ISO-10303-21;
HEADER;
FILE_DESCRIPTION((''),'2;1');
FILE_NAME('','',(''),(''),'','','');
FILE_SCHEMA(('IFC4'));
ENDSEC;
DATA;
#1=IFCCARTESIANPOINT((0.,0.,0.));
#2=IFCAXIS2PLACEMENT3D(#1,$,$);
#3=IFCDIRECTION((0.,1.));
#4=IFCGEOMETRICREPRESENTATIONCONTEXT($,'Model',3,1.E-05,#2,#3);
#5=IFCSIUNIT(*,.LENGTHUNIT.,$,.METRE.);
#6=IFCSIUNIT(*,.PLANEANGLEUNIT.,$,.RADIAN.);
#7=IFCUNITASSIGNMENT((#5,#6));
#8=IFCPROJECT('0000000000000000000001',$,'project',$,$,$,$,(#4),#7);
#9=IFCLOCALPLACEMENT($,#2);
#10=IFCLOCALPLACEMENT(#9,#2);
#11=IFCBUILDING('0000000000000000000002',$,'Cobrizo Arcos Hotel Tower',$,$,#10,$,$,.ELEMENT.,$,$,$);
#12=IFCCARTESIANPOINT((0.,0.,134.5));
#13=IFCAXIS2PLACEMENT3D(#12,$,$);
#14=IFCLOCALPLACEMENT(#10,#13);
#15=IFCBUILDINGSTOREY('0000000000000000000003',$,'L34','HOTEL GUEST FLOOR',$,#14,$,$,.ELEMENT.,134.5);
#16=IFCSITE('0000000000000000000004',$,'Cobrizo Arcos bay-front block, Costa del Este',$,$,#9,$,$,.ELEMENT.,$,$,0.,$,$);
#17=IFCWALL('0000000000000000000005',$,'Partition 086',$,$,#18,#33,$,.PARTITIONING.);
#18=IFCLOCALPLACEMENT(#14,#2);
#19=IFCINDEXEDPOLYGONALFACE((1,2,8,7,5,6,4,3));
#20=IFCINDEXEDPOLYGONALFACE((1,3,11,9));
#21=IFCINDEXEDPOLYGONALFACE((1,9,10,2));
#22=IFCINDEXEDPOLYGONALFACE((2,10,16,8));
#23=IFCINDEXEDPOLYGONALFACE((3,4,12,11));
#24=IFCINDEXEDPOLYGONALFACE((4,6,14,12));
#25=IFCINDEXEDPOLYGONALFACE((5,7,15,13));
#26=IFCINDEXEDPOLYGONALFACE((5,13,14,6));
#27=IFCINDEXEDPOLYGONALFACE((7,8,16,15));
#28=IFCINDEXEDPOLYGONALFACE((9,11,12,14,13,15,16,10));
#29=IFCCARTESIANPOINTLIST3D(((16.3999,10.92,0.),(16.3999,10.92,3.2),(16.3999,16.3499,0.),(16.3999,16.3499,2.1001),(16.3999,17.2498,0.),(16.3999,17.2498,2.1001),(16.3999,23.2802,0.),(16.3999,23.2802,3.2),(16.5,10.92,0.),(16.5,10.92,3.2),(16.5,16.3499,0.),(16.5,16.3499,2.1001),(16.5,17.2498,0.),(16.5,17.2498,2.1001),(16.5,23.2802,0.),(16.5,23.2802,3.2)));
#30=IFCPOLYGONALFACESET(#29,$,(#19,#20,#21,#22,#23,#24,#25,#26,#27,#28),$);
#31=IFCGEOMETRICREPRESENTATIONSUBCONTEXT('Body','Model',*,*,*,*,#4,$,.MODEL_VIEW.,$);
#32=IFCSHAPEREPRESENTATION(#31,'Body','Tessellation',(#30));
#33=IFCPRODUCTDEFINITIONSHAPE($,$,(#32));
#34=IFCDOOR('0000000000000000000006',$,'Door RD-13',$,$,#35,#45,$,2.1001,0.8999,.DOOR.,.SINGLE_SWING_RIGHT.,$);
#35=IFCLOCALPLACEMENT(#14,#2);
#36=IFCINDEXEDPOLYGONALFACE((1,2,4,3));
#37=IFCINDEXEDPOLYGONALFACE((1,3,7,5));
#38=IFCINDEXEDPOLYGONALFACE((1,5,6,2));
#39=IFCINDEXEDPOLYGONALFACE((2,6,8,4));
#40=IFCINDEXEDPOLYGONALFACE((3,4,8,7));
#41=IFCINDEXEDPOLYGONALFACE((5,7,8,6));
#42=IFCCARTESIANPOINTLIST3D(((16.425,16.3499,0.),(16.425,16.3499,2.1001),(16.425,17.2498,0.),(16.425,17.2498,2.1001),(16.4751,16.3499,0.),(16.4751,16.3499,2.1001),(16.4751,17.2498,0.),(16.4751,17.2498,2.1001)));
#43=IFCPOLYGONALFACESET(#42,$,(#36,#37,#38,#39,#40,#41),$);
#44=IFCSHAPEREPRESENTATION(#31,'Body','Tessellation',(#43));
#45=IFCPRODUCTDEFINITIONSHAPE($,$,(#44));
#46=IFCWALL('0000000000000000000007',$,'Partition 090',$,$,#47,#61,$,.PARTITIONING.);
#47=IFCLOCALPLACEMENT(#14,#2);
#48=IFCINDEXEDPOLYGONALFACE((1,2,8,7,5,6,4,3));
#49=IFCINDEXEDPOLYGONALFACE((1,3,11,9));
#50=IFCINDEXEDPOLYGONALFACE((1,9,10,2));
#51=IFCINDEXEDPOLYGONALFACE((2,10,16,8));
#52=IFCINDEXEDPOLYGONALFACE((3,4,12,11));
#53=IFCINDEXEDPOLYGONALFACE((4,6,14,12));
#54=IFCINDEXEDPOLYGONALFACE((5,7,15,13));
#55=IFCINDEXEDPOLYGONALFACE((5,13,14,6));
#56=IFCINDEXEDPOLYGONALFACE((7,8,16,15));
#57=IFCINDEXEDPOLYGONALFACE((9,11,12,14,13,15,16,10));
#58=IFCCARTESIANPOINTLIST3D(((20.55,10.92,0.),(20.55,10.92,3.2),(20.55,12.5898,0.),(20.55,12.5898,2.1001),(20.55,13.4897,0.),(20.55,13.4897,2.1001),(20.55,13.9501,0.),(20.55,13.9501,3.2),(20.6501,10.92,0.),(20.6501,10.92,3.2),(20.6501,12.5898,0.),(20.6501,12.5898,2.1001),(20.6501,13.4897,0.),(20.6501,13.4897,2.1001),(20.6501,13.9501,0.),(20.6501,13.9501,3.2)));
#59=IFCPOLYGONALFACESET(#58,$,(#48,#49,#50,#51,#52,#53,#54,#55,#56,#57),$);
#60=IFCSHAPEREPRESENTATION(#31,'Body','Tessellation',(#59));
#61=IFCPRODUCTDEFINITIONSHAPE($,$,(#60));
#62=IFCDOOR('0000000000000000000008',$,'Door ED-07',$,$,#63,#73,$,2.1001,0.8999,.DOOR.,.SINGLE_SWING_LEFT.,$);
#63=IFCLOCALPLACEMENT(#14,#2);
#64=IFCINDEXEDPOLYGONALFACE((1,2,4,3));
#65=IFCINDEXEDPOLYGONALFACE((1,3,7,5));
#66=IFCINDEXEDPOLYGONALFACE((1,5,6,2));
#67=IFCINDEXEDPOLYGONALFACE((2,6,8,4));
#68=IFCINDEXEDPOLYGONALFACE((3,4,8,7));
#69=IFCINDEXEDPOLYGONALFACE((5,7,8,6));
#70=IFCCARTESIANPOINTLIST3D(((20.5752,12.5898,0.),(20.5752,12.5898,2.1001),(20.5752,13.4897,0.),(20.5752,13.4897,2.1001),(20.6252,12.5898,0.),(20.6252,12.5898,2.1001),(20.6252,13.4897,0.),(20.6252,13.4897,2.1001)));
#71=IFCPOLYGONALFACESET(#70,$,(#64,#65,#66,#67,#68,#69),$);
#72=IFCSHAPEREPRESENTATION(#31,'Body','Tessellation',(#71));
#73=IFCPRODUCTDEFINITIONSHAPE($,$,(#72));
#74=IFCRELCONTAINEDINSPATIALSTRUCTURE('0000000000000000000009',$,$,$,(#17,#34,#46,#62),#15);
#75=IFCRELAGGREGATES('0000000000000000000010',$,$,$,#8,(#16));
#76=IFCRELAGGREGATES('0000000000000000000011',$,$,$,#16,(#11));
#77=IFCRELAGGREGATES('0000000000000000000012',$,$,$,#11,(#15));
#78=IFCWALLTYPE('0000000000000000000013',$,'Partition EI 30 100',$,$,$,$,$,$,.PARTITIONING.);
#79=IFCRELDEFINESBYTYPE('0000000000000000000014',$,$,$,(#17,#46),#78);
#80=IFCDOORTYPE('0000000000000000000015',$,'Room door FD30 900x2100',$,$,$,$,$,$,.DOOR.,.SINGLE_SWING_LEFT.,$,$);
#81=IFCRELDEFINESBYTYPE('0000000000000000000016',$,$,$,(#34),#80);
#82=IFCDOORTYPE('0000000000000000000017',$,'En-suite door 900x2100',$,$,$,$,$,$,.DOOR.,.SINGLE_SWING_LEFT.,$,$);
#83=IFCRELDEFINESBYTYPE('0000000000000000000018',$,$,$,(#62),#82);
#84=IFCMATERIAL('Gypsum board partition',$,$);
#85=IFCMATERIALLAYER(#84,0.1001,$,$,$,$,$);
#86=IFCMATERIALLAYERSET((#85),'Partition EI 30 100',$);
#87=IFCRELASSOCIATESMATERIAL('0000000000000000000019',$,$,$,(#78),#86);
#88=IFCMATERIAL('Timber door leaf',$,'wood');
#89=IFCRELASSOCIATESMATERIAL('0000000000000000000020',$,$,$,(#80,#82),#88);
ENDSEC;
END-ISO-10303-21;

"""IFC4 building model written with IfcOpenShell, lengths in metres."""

from ifc_helpers import new_model, si_unit, direction, frame, frame_2d, origin, place, context, subcontext, project, spatial, rectangle, extrude, material, layer, layer_set, type_object, element, fill, save


model = new_model("IFC4")

# Units and contexts
model_context = context("Model", 3, precision=1e-05, world=origin(), true_north=direction((0.0, 1.0)))
body_context = subcontext(model_context, "Body", "Model", "MODEL_VIEW")
ifc_project = project(units=[si_unit("LENGTHUNIT", "METRE"), si_unit("PLANEANGLEUNIT", "RADIAN")], contexts=[model_context])

# Site, building, storey
site_placement = place(None, origin())
site = spatial("IfcSite", under=ifc_project, at=site_placement, Name="Cobrizo Arcos bay-front block, Costa del Este", CompositionType="ELEMENT", RefElevation=0.0)
building_placement = place(site_placement, origin())
building = spatial("IfcBuilding", under=site, at=building_placement, Name="Cobrizo Arcos Hotel Tower", CompositionType="ELEMENT")
storey_placement = place(building_placement, frame((0.0, 0.0, 134.5)))
storey = spatial("IfcBuildingStorey", under=building, at=storey_placement, Name="L34", Description="HOTEL GUEST FLOOR", CompositionType="ELEMENT", Elevation=134.5)

# Shared definitions
ifc_material_1 = material(Name="Gypsum board partition")
ifc_layer_1 = layer(ifc_material_1, 0.1001)
ifc_layer_set_1 = layer_set([ifc_layer_1], Name="Partition EI 30 100")
wall_type = type_object("IfcWallType", Name="Partition EI 30 100", PredefinedType="PARTITIONING", material=ifc_layer_set_1)

# Walls, openings, doors
wall_1_placement = place(storey_placement, frame((16.45, 10.9199, 0.0), z_axis=(0.0, 0.0, 1.0), x_axis=(0.0, 1.0, 0.0)))
wall_1 = element("IfcWall", 1, at=wall_1_placement, inside=storey, type_object=wall_type, Name="Partition 086", PredefinedType="PARTITIONING", context=body_context, shape_type="SweptSolid", body=[
    extrude(rectangle(XDim=12.3601, YDim=0.1001, at=frame_2d((6.1802, 0.0))), origin(), (0.0, 0.0, 1.0), 3.2),
])
opening_1_placement = place(wall_1_placement, frame((5.4299, 0.0, 0.0)))
opening_1 = element("IfcOpeningElement", 2, at=opening_1_placement, cuts=wall_1, PredefinedType="OPENING", context=body_context, shape_type="SweptSolid", body=[
    extrude(rectangle(XDim=0.8999, YDim=2.1001, at=frame_2d((0.45, 1.05))), frame((0.0, 0.062, 0.0), z_axis=(0.0, -1.0, 0.0), x_axis=(1.0, 0.0, 0.0)), (0.0, 0.0, 1.0), 0.124),
])
ifc_material_2 = material(Name="Timber door leaf", Category="wood")
door_type_1 = type_object("IfcDoorType", Name="Room door FD30 900x2100", OperationType="SINGLE_SWING_LEFT", PredefinedType="DOOR", material=ifc_material_2)
door_1_placement = place(opening_1_placement, origin())
door_1 = element("IfcDoor", 3, at=door_1_placement, inside=storey, type_object=door_type_1, Name="Door RD-13", OperationType="SINGLE_SWING_RIGHT", OverallHeight=2.1001, OverallWidth=0.8999, PredefinedType="DOOR", context=body_context, shape_type="SweptSolid", body=[
    extrude(rectangle(XDim=0.8999, YDim=2.1001, at=frame_2d((0.45, 1.05))), frame((0.0, 0.0249, 0.0), z_axis=(0.0, -1.0, 0.0), x_axis=(1.0, 0.0, 0.0)), (0.0, 0.0, 1.0), 0.05),
])
fill(opening_1, door_1)
wall_2_placement = place(storey_placement, frame((20.6001, 10.9199, 0.0), z_axis=(0.0, 0.0, 1.0), x_axis=(0.0, 1.0, 0.0)))
wall_2 = element("IfcWall", 4, at=wall_2_placement, inside=storey, type_object=wall_type, Name="Partition 090", PredefinedType="PARTITIONING", context=body_context, shape_type="SweptSolid", body=[
    extrude(rectangle(XDim=3.03, YDim=0.1001, at=frame_2d((1.5151, 0.0))), origin(), (0.0, 0.0, 1.0), 3.2),
])
opening_2_placement = place(wall_2_placement, frame((1.6699, 0.0, 0.0)))
opening_2 = element("IfcOpeningElement", 5, at=opening_2_placement, cuts=wall_2, PredefinedType="OPENING", context=body_context, shape_type="SweptSolid", body=[
    extrude(rectangle(XDim=0.8999, YDim=2.1001, at=frame_2d((0.45, 1.05))), frame((0.0, 0.062, 0.0), z_axis=(0.0, -1.0, 0.0), x_axis=(1.0, 0.0, 0.0)), (0.0, 0.0, 1.0), 0.124),
])
door_type_2 = type_object("IfcDoorType", Name="En-suite door 900x2100", OperationType="SINGLE_SWING_LEFT", PredefinedType="DOOR", material=ifc_material_2)
door_2_placement = place(opening_2_placement, origin())
door_2 = element("IfcDoor", 6, at=door_2_placement, inside=storey, type_object=door_type_2, Name="Door ED-07", OperationType="SINGLE_SWING_LEFT", OverallHeight=2.1001, OverallWidth=0.8999, PredefinedType="DOOR", context=body_context, shape_type="SweptSolid", body=[
    extrude(rectangle(XDim=0.8999, YDim=2.1001, at=frame_2d((0.45, 1.05))), frame((0.0, 0.0249, 0.0), z_axis=(0.0, -1.0, 0.0), x_axis=(1.0, 0.0, 0.0)), (0.0, 0.0, 1.0), 0.05),
])
fill(opening_2, door_2)

save(model, "model.ifc")
